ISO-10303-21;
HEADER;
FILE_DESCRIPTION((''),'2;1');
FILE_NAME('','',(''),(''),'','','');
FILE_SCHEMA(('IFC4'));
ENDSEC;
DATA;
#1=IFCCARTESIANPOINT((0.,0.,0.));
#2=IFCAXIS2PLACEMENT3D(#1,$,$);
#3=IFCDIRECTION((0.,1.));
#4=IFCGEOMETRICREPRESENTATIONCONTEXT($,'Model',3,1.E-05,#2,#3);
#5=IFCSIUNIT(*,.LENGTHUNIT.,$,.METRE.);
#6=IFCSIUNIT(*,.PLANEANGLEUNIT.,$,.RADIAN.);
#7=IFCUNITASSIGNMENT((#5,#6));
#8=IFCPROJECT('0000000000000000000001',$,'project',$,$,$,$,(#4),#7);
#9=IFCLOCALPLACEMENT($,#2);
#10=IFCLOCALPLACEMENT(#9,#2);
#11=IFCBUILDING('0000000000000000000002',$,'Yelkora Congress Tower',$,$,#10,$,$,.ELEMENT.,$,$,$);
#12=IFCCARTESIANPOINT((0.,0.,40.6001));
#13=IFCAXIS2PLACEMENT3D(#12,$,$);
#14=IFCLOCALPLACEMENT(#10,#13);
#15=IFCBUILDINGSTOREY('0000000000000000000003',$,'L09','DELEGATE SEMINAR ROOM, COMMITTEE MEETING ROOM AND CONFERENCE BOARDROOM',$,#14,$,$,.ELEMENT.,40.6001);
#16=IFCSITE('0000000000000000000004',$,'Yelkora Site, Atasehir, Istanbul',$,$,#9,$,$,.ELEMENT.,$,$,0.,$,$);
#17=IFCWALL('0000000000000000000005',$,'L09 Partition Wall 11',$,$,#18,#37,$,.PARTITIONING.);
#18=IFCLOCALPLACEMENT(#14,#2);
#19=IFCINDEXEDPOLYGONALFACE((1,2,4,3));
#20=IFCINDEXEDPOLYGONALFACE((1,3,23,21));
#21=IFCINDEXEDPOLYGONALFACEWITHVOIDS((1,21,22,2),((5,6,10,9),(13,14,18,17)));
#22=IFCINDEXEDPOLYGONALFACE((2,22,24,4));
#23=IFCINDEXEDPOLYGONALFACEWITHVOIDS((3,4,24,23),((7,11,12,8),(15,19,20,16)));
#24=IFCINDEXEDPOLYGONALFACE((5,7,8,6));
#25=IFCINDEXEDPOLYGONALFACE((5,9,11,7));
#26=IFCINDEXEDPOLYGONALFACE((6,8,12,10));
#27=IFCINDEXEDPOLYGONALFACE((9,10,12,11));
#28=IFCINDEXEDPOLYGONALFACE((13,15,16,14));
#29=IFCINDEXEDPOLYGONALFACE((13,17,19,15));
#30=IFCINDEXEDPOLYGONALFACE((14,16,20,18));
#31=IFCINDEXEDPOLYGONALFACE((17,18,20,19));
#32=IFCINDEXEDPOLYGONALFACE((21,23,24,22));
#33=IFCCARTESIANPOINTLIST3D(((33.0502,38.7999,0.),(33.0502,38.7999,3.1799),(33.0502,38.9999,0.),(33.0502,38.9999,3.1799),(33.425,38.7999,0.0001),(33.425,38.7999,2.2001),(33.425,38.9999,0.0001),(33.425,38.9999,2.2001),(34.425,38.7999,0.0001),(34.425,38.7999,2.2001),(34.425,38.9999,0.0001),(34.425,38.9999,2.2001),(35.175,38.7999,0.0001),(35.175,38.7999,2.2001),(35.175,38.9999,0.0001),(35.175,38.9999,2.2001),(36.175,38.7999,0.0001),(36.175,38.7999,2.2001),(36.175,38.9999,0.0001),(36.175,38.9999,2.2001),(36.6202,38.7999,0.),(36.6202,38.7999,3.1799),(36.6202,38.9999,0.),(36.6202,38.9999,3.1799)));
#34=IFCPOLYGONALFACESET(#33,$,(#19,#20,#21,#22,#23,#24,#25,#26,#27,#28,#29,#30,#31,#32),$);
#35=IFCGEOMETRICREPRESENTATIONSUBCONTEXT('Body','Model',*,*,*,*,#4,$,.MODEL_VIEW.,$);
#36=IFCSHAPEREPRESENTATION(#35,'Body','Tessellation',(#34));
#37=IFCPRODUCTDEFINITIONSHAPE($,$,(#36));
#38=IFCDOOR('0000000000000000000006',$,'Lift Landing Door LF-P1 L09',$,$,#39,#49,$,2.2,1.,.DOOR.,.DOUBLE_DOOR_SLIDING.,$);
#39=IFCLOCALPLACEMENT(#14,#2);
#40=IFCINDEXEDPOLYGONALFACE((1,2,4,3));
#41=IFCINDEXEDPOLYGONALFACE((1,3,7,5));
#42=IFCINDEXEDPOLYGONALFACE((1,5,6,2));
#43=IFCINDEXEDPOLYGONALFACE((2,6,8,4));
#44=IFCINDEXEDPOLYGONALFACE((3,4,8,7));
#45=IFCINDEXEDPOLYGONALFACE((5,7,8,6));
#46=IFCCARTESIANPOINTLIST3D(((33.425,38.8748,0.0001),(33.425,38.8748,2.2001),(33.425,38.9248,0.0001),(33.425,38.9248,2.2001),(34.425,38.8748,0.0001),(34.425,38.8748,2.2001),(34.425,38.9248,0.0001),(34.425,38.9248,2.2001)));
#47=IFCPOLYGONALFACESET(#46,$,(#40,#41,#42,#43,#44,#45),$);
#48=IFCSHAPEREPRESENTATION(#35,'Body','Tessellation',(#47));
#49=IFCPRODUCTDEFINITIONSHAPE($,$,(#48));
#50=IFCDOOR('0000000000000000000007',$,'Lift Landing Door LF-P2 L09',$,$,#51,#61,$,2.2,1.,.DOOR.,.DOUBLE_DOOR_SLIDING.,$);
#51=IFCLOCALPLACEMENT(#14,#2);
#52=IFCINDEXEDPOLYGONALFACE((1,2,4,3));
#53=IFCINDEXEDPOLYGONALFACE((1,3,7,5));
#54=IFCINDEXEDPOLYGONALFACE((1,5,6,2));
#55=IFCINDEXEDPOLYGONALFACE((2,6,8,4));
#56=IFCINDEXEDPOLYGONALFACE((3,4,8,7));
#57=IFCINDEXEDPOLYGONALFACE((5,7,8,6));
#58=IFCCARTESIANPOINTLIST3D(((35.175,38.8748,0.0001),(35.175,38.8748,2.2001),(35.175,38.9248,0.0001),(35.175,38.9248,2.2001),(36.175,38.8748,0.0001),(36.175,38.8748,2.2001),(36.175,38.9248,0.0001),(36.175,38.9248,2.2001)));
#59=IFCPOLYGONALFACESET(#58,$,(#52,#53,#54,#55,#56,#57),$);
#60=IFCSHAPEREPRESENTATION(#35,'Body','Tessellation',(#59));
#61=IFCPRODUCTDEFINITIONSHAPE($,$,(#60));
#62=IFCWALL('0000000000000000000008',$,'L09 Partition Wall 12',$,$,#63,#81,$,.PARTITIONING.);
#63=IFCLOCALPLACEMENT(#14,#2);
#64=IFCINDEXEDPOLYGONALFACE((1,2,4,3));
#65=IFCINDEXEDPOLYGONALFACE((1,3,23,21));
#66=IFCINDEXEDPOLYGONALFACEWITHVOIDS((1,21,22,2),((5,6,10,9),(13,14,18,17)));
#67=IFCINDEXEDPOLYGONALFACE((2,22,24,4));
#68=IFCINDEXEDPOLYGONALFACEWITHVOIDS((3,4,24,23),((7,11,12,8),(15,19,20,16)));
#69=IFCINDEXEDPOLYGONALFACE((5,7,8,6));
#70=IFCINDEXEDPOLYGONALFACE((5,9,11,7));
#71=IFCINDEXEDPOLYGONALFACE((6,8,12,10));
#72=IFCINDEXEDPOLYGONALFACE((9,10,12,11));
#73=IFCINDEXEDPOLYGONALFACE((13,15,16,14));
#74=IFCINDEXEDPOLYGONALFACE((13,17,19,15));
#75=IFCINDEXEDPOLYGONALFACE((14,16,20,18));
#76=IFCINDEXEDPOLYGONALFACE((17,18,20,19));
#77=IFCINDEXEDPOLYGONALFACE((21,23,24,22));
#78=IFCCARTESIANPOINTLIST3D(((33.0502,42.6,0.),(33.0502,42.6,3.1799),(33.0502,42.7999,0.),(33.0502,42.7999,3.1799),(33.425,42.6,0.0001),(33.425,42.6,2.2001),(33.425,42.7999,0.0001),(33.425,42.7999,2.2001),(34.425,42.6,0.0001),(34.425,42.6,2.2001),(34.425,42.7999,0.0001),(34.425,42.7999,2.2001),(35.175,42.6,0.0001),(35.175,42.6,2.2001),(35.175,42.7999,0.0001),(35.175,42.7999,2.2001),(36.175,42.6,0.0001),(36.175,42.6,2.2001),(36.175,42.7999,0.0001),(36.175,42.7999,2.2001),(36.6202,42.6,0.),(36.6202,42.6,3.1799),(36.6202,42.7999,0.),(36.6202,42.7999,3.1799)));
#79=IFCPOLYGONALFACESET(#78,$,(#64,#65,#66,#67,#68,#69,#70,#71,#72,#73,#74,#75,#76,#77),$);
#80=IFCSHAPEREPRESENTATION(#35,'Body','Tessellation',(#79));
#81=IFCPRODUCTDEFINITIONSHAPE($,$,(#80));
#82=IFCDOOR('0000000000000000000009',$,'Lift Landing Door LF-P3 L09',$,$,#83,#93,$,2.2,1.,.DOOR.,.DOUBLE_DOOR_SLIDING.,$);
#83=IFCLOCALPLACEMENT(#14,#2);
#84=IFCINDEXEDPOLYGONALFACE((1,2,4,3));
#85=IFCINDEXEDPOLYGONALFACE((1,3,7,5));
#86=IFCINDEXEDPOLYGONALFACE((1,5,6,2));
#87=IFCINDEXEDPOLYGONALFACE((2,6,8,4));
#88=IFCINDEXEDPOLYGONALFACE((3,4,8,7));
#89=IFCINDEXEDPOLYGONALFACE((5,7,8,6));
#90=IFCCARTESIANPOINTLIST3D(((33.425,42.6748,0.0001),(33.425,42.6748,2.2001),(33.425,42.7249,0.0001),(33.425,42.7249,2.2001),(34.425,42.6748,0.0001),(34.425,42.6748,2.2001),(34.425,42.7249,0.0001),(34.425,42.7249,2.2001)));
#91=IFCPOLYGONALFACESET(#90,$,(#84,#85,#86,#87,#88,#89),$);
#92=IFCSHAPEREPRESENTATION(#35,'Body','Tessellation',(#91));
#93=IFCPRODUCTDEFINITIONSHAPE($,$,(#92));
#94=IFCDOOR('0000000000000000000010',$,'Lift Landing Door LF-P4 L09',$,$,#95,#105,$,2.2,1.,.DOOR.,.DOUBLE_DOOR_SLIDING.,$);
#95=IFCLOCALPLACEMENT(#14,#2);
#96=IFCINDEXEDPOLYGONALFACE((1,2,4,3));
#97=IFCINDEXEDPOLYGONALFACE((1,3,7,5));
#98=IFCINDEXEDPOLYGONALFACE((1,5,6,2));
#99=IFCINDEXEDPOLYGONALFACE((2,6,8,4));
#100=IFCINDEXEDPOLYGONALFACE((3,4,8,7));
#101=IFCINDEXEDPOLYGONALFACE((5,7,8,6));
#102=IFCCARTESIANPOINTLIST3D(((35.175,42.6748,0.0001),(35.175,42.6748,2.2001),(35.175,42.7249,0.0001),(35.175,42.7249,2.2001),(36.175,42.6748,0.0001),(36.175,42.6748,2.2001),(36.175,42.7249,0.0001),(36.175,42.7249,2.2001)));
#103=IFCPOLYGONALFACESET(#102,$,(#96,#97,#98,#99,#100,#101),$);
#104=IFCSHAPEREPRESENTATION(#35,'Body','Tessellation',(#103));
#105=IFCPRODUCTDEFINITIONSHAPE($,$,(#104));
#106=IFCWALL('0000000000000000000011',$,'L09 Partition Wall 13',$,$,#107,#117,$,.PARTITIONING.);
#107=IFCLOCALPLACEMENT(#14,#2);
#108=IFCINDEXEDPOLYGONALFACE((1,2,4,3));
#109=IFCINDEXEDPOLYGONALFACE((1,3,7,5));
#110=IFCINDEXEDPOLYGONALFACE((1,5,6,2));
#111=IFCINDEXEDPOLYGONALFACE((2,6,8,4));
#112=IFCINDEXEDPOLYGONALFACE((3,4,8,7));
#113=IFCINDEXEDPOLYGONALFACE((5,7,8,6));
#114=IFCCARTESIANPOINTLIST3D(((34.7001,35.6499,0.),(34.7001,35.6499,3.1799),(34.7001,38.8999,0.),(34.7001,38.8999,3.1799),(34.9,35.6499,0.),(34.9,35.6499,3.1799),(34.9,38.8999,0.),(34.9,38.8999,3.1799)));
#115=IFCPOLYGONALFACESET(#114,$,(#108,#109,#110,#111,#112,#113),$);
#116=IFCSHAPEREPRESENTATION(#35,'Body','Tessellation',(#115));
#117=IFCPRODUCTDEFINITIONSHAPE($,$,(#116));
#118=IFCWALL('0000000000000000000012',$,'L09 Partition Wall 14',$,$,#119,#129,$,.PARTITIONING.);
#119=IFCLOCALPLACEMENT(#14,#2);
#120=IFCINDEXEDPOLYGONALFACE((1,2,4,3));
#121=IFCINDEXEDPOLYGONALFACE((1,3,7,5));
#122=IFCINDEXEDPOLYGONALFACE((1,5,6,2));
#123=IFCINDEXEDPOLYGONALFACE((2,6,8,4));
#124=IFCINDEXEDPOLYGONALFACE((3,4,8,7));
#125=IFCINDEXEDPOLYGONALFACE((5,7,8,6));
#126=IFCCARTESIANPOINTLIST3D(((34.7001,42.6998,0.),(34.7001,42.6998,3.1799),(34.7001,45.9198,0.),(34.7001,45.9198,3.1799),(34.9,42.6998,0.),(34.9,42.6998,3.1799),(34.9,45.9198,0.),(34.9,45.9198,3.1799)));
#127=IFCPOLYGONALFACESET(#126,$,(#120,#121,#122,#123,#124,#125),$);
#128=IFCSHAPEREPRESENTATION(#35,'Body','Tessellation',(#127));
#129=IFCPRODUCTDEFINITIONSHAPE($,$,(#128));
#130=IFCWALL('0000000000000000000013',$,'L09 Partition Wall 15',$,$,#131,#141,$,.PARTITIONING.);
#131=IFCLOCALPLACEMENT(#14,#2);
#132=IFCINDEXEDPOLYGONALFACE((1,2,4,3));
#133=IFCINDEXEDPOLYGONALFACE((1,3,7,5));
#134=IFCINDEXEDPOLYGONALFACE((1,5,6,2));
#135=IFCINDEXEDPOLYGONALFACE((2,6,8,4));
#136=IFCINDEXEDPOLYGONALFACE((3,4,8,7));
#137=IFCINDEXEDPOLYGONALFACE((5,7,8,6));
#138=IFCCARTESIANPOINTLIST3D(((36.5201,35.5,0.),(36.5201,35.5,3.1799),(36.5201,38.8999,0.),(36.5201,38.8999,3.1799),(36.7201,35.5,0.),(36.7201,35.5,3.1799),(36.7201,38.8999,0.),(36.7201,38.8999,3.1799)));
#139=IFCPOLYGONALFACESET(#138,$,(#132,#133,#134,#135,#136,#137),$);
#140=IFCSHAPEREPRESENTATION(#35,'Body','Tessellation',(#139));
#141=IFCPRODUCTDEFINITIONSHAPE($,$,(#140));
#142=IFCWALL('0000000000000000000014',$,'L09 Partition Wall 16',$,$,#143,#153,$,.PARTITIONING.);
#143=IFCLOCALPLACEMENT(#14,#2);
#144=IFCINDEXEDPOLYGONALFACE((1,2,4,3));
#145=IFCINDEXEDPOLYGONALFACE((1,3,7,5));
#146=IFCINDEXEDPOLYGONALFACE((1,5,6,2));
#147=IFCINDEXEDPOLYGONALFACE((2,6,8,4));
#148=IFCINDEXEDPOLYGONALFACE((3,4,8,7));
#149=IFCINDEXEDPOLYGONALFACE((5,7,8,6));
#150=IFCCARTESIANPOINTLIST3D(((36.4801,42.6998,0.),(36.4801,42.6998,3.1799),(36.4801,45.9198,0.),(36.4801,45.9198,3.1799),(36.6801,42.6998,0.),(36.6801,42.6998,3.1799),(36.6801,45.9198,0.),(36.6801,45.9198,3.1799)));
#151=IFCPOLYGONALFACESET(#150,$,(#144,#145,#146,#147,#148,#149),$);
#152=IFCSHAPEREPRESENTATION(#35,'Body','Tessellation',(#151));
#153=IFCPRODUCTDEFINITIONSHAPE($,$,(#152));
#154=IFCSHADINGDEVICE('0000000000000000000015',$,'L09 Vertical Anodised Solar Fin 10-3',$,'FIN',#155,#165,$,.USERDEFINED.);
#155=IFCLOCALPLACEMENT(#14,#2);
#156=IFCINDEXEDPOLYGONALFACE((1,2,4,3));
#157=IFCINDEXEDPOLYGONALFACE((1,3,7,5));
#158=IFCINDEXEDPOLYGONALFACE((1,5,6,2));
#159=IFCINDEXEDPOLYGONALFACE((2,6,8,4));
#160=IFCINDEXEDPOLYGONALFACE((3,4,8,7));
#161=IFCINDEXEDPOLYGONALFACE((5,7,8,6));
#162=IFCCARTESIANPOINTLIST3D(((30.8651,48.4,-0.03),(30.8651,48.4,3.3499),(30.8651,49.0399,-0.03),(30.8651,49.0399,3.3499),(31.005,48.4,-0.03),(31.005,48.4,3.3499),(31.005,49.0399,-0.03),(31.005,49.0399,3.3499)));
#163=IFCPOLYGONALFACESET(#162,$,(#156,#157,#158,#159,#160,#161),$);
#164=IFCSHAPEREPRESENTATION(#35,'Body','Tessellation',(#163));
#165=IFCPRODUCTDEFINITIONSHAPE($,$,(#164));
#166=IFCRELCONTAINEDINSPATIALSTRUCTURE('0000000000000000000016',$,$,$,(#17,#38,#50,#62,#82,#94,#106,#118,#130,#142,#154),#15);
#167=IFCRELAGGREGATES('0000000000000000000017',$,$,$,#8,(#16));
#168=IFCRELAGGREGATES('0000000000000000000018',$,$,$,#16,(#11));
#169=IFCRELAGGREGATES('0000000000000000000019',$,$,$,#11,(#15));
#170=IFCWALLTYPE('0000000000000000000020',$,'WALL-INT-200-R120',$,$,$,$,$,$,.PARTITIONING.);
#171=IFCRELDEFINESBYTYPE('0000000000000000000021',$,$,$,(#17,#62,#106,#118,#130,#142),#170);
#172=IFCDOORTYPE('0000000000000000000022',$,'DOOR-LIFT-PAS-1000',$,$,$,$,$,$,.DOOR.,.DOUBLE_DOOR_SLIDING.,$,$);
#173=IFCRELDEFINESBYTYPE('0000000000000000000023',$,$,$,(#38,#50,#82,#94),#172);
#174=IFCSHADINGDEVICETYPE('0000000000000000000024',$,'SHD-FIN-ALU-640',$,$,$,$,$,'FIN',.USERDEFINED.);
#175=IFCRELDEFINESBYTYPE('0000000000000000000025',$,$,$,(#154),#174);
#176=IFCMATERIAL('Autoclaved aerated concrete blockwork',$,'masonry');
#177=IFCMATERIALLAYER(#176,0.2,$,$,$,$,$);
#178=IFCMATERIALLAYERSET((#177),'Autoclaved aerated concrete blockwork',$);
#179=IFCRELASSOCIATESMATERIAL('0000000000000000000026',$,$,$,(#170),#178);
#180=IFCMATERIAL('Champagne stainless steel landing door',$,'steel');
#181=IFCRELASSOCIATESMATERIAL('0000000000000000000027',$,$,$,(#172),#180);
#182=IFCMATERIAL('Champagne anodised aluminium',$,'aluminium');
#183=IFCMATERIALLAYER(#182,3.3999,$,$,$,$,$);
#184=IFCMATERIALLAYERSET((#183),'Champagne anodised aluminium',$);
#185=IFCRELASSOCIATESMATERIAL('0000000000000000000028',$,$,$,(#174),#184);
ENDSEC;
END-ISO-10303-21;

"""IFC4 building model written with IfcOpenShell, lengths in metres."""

from ifc_helpers import new_model, si_unit, direction, frame, frame_2d, origin, origin_2d, place, context, subcontext, project, spatial, rectangle, extrude, material, layer, layer_set, type_object, element, fill, save


model = new_model("IFC4")

# Units and contexts
model_context = context("Model", 3, precision=1e-05, world=origin(), true_north=direction((0.0, 1.0)))
body_context = subcontext(model_context, "Body", "Model", "MODEL_VIEW")
ifc_project = project(units=[si_unit("LENGTHUNIT", "METRE"), si_unit("PLANEANGLEUNIT", "RADIAN")], contexts=[model_context])

# Site, building, storey
site_placement = place(None, origin())
site = spatial("IfcSite", under=ifc_project, at=site_placement, Name="Yelkora Site, Atasehir, Istanbul", CompositionType="ELEMENT", RefElevation=0.0)
building_placement = place(site_placement, origin())
building = spatial("IfcBuilding", under=site, at=building_placement, Name="Yelkora Congress Tower", CompositionType="ELEMENT")
storey_placement = place(building_placement, frame((0.0, 0.0, 40.6001)))
storey = spatial("IfcBuildingStorey", under=building, at=storey_placement, Name="L09", Description="DELEGATE SEMINAR ROOM, COMMITTEE MEETING ROOM AND CONFERENCE BOARDROOM", CompositionType="ELEMENT", Elevation=40.6001)

# Shared definitions
ifc_material_1 = material(Name="Autoclaved aerated concrete blockwork", Category="masonry")
ifc_layer_1 = layer(ifc_material_1, 0.2)
ifc_layer_set_1 = layer_set([ifc_layer_1], Name="Autoclaved aerated concrete blockwork")
wall_type_1 = type_object("IfcWallType", Name="WALL-INT-200-R120", PredefinedType="PARTITIONING", material=ifc_layer_set_1)

# Walls, openings, doors
wall_1_placement = place(storey_placement, frame((33.05, 38.8999, 0.0), z_axis=(0.0, 0.0, 1.0), x_axis=(1.0, 0.0, 0.0)))
wall_1 = element("IfcWall", 1, at=wall_1_placement, inside=storey, type_object=wall_type_1, Name="L09 Partition Wall 11", PredefinedType="PARTITIONING", context=body_context, shape_type="SweptSolid", body=[
    extrude(rectangle(XDim=3.5701, YDim=0.2, at=frame_2d((1.7852, 0.0))), origin(), (0.0, 0.0, 1.0), 3.1799),
])
opening_1_placement = place(wall_1_placement, frame((0.375, 0.0, 0.0)))
opening_1 = element("IfcOpeningElement", 2, at=opening_1_placement, cuts=wall_1, PredefinedType="OPENING", context=body_context, shape_type="SweptSolid", body=[
    extrude(rectangle(XDim=1.0, YDim=2.2, at=frame_2d((0.5, 1.1001))), frame((0.0, 0.1099, 0.0), z_axis=(0.0, -1.0, 0.0), x_axis=(1.0, 0.0, 0.0)), (0.0, 0.0, 1.0), 0.22),
])
opening_2_placement = place(wall_1_placement, frame((2.125, 0.0, 0.0)))
opening_2 = element("IfcOpeningElement", 3, at=opening_2_placement, cuts=wall_1, PredefinedType="OPENING", context=body_context, shape_type="SweptSolid", body=[
    extrude(rectangle(XDim=1.0, YDim=2.2, at=frame_2d((0.5, 1.1001))), frame((0.0, 0.1099, 0.0), z_axis=(0.0, -1.0, 0.0), x_axis=(1.0, 0.0, 0.0)), (0.0, 0.0, 1.0), 0.22),
])
ifc_material_2 = material(Name="Champagne stainless steel landing door", Category="steel")
door_type_1 = type_object("IfcDoorType", Name="DOOR-LIFT-PAS-1000", OperationType="DOUBLE_DOOR_SLIDING", PredefinedType="DOOR", material=ifc_material_2)
door_1_placement = place(opening_1_placement, origin())
door_1 = element("IfcDoor", 4, at=door_1_placement, inside=storey, type_object=door_type_1, Name="Lift Landing Door LF-P1 L09", OperationType="DOUBLE_DOOR_SLIDING", OverallHeight=2.2, OverallWidth=1.0, PredefinedType="DOOR", context=body_context, shape_type="SweptSolid", body=[
    extrude(rectangle(XDim=1.0, YDim=2.2, at=frame_2d((0.5, 1.1001))), frame((0.0, 0.0249, 0.0), z_axis=(0.0, -1.0, 0.0), x_axis=(1.0, 0.0, 0.0)), (0.0, 0.0, 1.0), 0.05),
])
fill(opening_1, door_1)
door_2_placement = place(opening_2_placement, origin())
door_2 = element("IfcDoor", 5, at=door_2_placement, inside=storey, type_object=door_type_1, Name="Lift Landing Door LF-P2 L09", OperationType="DOUBLE_DOOR_SLIDING", OverallHeight=2.2, OverallWidth=1.0, PredefinedType="DOOR", context=body_context, shape_type="SweptSolid", body=[
    extrude(rectangle(XDim=1.0, YDim=2.2, at=frame_2d((0.5, 1.1001))), frame((0.0, 0.0249, 0.0), z_axis=(0.0, -1.0, 0.0), x_axis=(1.0, 0.0, 0.0)), (0.0, 0.0, 1.0), 0.05),
])
fill(opening_2, door_2)
wall_2_placement = place(storey_placement, frame((33.05, 42.7, 0.0), z_axis=(0.0, 0.0, 1.0), x_axis=(1.0, 0.0, 0.0)))
wall_2 = element("IfcWall", 6, at=wall_2_placement, inside=storey, type_object=wall_type_1, Name="L09 Partition Wall 12", PredefinedType="PARTITIONING", context=body_context, shape_type="SweptSolid", body=[
    extrude(rectangle(XDim=3.5701, YDim=0.2, at=frame_2d((1.7852, 0.0))), origin(), (0.0, 0.0, 1.0), 3.1799),
])
opening_3_placement = place(wall_2_placement, frame((0.375, 0.0, 0.0)))
opening_3 = element("IfcOpeningElement", 7, at=opening_3_placement, cuts=wall_2, PredefinedType="OPENING", context=body_context, shape_type="SweptSolid", body=[
    extrude(rectangle(XDim=1.0, YDim=2.2, at=frame_2d((0.5, 1.1001))), frame((0.0, 0.1099, 0.0), z_axis=(0.0, -1.0, 0.0), x_axis=(1.0, 0.0, 0.0)), (0.0, 0.0, 1.0), 0.22),
])
opening_4_placement = place(wall_2_placement, frame((2.125, 0.0, 0.0)))
opening_4 = element("IfcOpeningElement", 8, at=opening_4_placement, cuts=wall_2, PredefinedType="OPENING", context=body_context, shape_type="SweptSolid", body=[
    extrude(rectangle(XDim=1.0, YDim=2.2, at=frame_2d((0.5, 1.1001))), frame((0.0, 0.1099, 0.0), z_axis=(0.0, -1.0, 0.0), x_axis=(1.0, 0.0, 0.0)), (0.0, 0.0, 1.0), 0.22),
])
door_3_placement = place(opening_3_placement, origin())
door_3 = element("IfcDoor", 9, at=door_3_placement, inside=storey, type_object=door_type_1, Name="Lift Landing Door LF-P3 L09", OperationType="DOUBLE_DOOR_SLIDING", OverallHeight=2.2, OverallWidth=1.0, PredefinedType="DOOR", context=body_context, shape_type="SweptSolid", body=[
    extrude(rectangle(XDim=1.0, YDim=2.2, at=frame_2d((0.5, 1.1001))), frame((0.0, 0.0249, 0.0), z_axis=(0.0, -1.0, 0.0), x_axis=(1.0, 0.0, 0.0)), (0.0, 0.0, 1.0), 0.05),
])
fill(opening_3, door_3)
door_4_placement = place(opening_4_placement, origin())
door_4 = element("IfcDoor", 10, at=door_4_placement, inside=storey, type_object=door_type_1, Name="Lift Landing Door LF-P4 L09", OperationType="DOUBLE_DOOR_SLIDING", OverallHeight=2.2, OverallWidth=1.0, PredefinedType="DOOR", context=body_context, shape_type="SweptSolid", body=[
    extrude(rectangle(XDim=1.0, YDim=2.2, at=frame_2d((0.5, 1.1001))), frame((0.0, 0.0249, 0.0), z_axis=(0.0, -1.0, 0.0), x_axis=(1.0, 0.0, 0.0)), (0.0, 0.0, 1.0), 0.05),
])
fill(opening_4, door_4)

# Walls
wall_3_placement = place(storey_placement, frame((34.8, 35.6499, 0.0), z_axis=(0.0, 0.0, 1.0), x_axis=(0.0, 1.0, 0.0)))
element("IfcWall", 11, at=wall_3_placement, inside=storey, type_object=wall_type_1, Name="L09 Partition Wall 13", PredefinedType="PARTITIONING", context=body_context, shape_type="SweptSolid", body=[
    extrude(rectangle(XDim=3.25, YDim=0.2, at=frame_2d((1.625, 0.0))), origin(), (0.0, 0.0, 1.0), 3.1799),
])
wall_4_placement = place(storey_placement, frame((34.8, 42.7, 0.0), z_axis=(0.0, 0.0, 1.0), x_axis=(0.0, 1.0, 0.0)))
element("IfcWall", 12, at=wall_4_placement, inside=storey, type_object=wall_type_1, Name="L09 Partition Wall 14", PredefinedType="PARTITIONING", context=body_context, shape_type="SweptSolid", body=[
    extrude(rectangle(XDim=3.22, YDim=0.2, at=frame_2d((1.6099, 0.0))), origin(), (0.0, 0.0, 1.0), 3.1799),
])
wall_5_placement = place(storey_placement, frame((36.6201, 35.5, 0.0), z_axis=(0.0, 0.0, 1.0), x_axis=(0.0, 1.0, 0.0)))
element("IfcWall", 13, at=wall_5_placement, inside=storey, type_object=wall_type_1, Name="L09 Partition Wall 15", PredefinedType="PARTITIONING", context=body_context, shape_type="SweptSolid", body=[
    extrude(rectangle(XDim=3.3999, YDim=0.2, at=frame_2d((1.7, 0.0))), origin(), (0.0, 0.0, 1.0), 3.1799),
])
wall_6_placement = place(storey_placement, frame((36.5801, 42.7, 0.0), z_axis=(0.0, 0.0, 1.0), x_axis=(0.0, 1.0, 0.0)))
element("IfcWall", 14, at=wall_6_placement, inside=storey, type_object=wall_type_1, Name="L09 Partition Wall 16", PredefinedType="PARTITIONING", context=body_context, shape_type="SweptSolid", body=[
    extrude(rectangle(XDim=3.22, YDim=0.2, at=frame_2d((1.6099, 0.0))), origin(), (0.0, 0.0, 1.0), 3.1799),
])

# Shading device
ifc_material_3 = material(Name="Champagne anodised aluminium", Category="aluminium")
ifc_layer_2 = layer(ifc_material_3, 3.3999)
ifc_layer_set_2 = layer_set([ifc_layer_2], Name="Champagne anodised aluminium")
shading_device_type = type_object("IfcShadingDeviceType", Name="SHD-FIN-ALU-640", ElementType="FIN", PredefinedType="USERDEFINED", material=ifc_layer_set_2)
shading_device_placement = place(storey_placement, frame((30.9351, 48.72, -0.03), z_axis=(0.0, 0.0, 1.0), x_axis=(1.0, 0.0, 0.0)))
element("IfcShadingDevice", 15, at=shading_device_placement, inside=storey, type_object=shading_device_type, Name="L09 Vertical Anodised Solar Fin 10-3", ObjectType="FIN", PredefinedType="USERDEFINED", context=body_context, shape_type="SweptSolid", body=[
    extrude(rectangle(XDim=0.1399, YDim=0.6399, at=origin_2d()), origin(), (0.0, 0.0, 1.0), 3.3799),
])

save(model, "model.ifc")
